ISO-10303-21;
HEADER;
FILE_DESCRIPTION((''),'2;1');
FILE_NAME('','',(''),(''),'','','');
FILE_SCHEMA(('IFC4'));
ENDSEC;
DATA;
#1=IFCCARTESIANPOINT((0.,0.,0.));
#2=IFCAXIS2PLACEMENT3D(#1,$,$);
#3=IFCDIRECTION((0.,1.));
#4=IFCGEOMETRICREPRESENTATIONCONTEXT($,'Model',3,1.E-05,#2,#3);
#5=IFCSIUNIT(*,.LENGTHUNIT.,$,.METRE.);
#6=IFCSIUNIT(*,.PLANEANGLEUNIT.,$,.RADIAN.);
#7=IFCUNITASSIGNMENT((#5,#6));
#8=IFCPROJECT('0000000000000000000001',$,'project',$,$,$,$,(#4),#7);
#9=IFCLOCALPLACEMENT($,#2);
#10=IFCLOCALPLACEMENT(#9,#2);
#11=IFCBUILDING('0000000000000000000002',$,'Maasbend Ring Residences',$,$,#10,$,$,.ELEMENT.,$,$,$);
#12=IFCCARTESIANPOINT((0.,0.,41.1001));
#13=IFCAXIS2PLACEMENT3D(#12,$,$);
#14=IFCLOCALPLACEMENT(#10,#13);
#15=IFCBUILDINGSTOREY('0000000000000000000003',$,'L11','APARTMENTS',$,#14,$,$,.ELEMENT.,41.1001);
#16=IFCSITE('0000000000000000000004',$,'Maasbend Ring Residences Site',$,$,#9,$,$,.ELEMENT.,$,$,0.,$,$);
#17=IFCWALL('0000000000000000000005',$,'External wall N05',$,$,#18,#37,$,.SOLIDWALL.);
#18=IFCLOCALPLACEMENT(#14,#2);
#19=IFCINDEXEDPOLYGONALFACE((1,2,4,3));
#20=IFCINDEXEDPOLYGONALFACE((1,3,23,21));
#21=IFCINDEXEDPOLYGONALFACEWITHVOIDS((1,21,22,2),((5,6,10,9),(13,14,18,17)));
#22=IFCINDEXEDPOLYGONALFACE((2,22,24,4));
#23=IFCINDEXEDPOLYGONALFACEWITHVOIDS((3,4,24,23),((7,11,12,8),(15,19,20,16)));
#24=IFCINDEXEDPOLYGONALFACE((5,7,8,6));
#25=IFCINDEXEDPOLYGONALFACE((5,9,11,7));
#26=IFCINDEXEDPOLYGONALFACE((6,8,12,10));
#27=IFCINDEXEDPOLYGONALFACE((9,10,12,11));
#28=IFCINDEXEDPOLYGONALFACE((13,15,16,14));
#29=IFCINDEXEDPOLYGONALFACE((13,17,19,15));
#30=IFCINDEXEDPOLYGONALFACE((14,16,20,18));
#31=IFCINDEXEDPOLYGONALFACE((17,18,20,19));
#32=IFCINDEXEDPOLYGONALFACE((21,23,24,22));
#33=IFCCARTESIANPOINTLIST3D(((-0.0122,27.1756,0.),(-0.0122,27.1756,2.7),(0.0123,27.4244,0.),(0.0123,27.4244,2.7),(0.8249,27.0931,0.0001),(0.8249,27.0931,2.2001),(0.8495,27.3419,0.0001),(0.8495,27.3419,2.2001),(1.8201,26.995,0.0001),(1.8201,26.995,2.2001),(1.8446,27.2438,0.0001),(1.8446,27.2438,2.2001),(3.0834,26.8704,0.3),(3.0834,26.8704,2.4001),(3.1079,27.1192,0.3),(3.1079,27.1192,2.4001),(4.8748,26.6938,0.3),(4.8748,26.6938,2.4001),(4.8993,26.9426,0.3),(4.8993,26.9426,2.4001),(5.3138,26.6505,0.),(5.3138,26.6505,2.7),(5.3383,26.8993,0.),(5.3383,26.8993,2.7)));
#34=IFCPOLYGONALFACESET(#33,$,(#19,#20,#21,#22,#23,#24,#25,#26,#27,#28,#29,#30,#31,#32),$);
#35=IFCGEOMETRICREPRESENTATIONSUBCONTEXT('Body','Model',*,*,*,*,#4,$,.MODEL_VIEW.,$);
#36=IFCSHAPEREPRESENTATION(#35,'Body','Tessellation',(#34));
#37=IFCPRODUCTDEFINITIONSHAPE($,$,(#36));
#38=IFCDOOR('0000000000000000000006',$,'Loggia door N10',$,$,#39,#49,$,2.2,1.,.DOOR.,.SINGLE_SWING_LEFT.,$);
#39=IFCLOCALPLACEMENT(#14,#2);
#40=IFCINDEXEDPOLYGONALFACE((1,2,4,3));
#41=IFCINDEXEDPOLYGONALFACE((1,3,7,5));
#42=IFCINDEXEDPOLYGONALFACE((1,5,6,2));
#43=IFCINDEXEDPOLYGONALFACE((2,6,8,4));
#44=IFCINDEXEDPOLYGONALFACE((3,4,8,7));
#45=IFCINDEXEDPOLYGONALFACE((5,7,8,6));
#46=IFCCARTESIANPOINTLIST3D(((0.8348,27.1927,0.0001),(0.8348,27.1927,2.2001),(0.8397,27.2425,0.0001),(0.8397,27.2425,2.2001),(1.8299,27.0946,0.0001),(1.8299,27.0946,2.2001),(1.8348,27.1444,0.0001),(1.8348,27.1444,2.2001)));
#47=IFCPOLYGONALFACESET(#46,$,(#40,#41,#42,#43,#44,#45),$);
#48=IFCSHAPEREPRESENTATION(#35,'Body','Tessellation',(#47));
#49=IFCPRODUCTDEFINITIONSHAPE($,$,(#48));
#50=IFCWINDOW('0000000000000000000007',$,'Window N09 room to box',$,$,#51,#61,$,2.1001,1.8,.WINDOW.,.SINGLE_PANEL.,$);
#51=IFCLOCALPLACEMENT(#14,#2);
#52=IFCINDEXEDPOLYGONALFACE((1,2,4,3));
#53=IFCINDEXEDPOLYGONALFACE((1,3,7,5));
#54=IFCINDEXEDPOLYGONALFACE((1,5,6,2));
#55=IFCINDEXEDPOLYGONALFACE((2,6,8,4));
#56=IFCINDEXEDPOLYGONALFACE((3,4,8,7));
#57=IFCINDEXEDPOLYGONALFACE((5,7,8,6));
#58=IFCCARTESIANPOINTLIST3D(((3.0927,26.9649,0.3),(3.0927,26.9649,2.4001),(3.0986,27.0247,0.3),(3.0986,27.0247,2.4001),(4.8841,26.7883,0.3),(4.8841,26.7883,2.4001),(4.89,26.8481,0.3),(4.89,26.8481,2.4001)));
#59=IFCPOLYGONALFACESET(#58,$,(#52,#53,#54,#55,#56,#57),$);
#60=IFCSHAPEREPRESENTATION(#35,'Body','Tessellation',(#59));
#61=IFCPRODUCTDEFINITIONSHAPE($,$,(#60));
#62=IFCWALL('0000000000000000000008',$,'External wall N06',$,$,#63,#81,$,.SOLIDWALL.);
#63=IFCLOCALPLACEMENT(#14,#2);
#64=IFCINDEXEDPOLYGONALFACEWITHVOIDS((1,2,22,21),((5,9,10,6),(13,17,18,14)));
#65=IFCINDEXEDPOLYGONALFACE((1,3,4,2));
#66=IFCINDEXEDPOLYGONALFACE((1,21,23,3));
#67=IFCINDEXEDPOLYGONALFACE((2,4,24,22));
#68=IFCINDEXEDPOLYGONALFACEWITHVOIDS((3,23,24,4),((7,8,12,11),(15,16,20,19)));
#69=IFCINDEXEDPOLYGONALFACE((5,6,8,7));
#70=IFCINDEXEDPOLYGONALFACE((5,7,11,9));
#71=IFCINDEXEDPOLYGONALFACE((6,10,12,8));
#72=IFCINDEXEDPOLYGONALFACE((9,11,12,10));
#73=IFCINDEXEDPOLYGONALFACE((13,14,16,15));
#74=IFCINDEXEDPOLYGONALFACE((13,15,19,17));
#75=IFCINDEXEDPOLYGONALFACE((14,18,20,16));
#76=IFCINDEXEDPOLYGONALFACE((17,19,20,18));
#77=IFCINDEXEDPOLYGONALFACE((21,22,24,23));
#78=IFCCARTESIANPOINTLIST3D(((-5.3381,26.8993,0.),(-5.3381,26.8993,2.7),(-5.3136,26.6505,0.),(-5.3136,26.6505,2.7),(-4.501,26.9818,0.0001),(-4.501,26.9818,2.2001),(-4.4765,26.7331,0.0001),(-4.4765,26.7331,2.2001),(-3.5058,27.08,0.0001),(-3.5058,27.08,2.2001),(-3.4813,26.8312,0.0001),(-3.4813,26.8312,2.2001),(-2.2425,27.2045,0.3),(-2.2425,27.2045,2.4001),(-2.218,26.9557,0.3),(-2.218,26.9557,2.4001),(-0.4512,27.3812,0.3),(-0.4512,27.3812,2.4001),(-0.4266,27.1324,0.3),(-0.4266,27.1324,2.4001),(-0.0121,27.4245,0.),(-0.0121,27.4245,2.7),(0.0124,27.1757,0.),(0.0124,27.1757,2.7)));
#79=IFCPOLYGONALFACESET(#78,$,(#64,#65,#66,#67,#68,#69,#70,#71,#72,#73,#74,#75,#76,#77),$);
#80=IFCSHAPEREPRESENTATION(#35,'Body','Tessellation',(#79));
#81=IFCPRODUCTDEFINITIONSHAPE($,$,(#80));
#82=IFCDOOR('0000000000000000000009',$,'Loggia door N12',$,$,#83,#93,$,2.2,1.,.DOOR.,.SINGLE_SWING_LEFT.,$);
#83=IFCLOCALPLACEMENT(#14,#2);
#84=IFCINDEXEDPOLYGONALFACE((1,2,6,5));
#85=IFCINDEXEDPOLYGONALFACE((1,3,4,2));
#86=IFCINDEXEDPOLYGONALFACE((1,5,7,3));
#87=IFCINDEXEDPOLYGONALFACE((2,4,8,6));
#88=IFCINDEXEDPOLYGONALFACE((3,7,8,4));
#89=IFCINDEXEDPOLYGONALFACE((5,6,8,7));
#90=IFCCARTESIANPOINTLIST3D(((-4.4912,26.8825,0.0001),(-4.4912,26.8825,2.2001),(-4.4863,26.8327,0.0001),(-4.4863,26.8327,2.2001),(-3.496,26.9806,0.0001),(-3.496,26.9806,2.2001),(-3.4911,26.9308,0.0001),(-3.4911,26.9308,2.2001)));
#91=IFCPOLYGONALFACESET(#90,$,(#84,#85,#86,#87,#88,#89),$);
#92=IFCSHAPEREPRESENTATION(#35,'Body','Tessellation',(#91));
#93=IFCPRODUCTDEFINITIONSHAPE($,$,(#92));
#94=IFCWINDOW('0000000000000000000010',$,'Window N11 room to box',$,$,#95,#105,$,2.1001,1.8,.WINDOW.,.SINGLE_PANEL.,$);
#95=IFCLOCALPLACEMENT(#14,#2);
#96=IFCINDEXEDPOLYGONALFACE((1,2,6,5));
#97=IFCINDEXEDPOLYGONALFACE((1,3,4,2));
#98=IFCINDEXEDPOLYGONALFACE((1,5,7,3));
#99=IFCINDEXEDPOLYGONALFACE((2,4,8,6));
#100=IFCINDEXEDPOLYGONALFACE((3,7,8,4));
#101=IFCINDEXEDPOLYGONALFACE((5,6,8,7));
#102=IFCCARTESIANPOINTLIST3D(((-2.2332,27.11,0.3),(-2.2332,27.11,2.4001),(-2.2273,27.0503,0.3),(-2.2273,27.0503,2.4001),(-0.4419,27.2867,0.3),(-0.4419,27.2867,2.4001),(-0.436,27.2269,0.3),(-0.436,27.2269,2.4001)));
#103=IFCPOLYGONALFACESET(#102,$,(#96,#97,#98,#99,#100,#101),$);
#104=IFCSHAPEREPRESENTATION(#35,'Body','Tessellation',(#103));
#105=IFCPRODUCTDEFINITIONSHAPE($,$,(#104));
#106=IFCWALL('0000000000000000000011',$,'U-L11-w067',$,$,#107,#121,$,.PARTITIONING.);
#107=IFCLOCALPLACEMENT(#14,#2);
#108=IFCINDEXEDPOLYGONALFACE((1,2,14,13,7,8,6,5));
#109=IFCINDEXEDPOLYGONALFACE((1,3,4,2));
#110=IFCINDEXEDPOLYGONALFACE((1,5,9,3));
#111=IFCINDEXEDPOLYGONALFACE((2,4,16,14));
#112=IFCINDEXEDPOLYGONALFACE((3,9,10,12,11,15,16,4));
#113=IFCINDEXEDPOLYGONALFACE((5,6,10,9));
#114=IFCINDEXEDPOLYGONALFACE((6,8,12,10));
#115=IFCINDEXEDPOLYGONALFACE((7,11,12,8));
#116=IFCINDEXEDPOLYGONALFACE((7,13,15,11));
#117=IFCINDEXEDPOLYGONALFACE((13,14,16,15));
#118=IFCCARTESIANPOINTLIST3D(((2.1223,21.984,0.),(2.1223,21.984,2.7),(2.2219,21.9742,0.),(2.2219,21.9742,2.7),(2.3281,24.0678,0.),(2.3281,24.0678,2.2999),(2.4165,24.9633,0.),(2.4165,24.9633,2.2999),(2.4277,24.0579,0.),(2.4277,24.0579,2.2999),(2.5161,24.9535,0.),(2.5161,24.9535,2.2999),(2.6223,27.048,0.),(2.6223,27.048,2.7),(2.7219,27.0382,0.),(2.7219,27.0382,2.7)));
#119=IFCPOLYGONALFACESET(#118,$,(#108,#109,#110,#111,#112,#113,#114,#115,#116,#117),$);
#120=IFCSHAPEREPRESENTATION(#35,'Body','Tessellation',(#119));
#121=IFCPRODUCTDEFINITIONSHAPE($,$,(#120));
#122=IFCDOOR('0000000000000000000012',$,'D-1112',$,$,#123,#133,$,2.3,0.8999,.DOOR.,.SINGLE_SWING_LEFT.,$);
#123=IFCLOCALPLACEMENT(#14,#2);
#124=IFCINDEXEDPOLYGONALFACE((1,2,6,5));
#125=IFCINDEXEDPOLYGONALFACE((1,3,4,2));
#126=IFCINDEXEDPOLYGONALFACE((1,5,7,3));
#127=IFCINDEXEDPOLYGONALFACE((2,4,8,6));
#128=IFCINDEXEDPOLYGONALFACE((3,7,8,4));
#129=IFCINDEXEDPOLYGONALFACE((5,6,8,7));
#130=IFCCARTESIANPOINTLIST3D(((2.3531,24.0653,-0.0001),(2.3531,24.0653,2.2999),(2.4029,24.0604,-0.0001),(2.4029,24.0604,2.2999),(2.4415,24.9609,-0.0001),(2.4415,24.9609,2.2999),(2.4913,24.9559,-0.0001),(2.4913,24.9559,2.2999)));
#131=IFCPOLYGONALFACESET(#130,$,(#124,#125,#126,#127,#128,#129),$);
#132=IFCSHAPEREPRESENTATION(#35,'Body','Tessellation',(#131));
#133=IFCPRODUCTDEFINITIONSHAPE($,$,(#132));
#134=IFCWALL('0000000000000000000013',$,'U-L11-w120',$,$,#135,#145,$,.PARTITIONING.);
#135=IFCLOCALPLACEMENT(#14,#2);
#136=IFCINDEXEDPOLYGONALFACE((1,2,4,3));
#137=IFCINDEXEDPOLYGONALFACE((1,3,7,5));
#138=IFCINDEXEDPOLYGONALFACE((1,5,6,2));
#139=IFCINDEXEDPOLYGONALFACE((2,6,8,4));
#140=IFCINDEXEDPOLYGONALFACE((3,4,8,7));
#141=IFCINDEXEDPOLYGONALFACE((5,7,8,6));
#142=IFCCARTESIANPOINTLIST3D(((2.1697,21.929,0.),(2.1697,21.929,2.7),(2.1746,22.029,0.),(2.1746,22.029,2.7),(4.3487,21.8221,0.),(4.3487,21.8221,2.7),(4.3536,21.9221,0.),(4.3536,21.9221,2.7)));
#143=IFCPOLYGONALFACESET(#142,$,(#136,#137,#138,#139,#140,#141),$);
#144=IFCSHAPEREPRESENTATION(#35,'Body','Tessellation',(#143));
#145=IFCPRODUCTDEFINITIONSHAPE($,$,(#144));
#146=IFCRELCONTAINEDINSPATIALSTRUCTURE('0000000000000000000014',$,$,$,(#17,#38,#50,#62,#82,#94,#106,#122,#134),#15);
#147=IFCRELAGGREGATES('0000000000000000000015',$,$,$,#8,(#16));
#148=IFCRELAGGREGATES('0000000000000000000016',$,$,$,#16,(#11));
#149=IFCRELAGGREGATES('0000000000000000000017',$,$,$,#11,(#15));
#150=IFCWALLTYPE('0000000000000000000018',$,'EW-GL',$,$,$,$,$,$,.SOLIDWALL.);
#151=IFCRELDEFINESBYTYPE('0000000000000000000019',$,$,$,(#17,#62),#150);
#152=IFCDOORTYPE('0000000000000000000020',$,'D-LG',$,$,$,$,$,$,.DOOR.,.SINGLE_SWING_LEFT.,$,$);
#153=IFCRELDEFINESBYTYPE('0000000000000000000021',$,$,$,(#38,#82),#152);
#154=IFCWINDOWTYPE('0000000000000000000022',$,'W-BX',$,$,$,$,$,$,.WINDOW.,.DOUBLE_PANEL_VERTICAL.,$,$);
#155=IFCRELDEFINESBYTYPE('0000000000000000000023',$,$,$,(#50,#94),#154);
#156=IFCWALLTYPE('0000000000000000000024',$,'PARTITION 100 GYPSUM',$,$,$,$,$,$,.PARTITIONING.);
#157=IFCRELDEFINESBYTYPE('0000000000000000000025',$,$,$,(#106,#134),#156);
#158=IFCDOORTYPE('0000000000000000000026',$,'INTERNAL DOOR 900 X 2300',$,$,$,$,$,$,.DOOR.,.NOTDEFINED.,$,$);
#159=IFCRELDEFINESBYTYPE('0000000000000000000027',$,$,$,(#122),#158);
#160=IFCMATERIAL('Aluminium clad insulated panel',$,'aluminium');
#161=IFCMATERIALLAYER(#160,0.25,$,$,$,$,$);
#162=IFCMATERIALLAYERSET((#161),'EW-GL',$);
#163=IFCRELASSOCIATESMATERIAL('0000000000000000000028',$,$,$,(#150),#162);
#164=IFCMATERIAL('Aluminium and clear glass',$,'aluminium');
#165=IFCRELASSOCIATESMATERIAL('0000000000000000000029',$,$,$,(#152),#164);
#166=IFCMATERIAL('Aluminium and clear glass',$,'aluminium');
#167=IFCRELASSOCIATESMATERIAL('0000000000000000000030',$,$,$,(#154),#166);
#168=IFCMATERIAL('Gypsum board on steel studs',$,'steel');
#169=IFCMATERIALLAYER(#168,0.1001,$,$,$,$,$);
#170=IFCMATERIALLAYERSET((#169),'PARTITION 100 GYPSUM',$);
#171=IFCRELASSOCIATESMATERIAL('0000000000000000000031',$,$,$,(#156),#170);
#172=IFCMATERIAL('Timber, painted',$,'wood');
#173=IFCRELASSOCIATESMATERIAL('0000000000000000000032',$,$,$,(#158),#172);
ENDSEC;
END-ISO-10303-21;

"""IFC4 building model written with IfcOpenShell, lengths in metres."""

from ifc_helpers import new_model, si_unit, direction, frame, frame_2d, origin, place, context, subcontext, project, spatial, rectangle, extrude, material, layer, layer_set, type_object, element, fill, save


model = new_model("IFC4")

# Units and contexts
model_context = context("Model", 3, precision=1e-05, world=origin(), true_north=direction((0.0, 1.0)))
body_context = subcontext(model_context, "Body", "Model", "MODEL_VIEW")
ifc_project = project(units=[si_unit("LENGTHUNIT", "METRE"), si_unit("PLANEANGLEUNIT", "RADIAN")], contexts=[model_context])

# Site, building, storey
site_placement = place(None, origin())
site = spatial("IfcSite", under=ifc_project, at=site_placement, Name="Maasbend Ring Residences Site", CompositionType="ELEMENT", RefElevation=0.0)
building_placement = place(site_placement, origin())
building = spatial("IfcBuilding", under=site, at=building_placement, Name="Maasbend Ring Residences", CompositionType="ELEMENT")
storey_placement = place(building_placement, frame((0.0, 0.0, 41.1001)))
storey = spatial("IfcBuildingStorey", under=building, at=storey_placement, Name="L11", Description="APARTMENTS", CompositionType="ELEMENT", Elevation=41.1001)

# Walls, openings, doors, windows
ifc_material_1 = material(Name="Aluminium clad insulated panel", Category="aluminium")
ifc_layer_1 = layer(ifc_material_1, 0.25)
ifc_layer_set_1 = layer_set([ifc_layer_1], Name="EW-GL")
wall_type_1 = type_object("IfcWallType", Name="EW-GL", PredefinedType="SOLIDWALL", material=ifc_layer_set_1)
ifc_material_2 = material(Name="Aluminium and clear glass", Category="aluminium")
door_type_1 = type_object("IfcDoorType", Name="D-LG", OperationType="SINGLE_SWING_LEFT", PredefinedType="DOOR", material=ifc_material_2)
ifc_material_3 = material(Name="Aluminium and clear glass", Category="aluminium")
window_type_1 = type_object("IfcWindowType", Name="W-BX", PartitioningType="DOUBLE_PANEL_VERTICAL", PredefinedType="WINDOW", material=ifc_material_3)
wall_1_placement = place(storey_placement, frame((5.3259, 26.7749, 0.0), z_axis=(0.0, 0.0, 1.0), x_axis=(-0.995174, 0.098126, 0.0)))
wall_1 = element("IfcWall", 1, at=wall_1_placement, inside=storey, type_object=wall_type_1, Name="External wall N05", PredefinedType="SOLIDWALL", context=body_context, shape_type="SweptSolid", body=[
    extrude(rectangle(XDim=5.3518, YDim=0.25, at=frame_2d((2.6758, 0.0))), origin(), (0.0, 0.0, 1.0), 2.7),
])
opening_1_placement = place(wall_1_placement, frame((0.4412, 0.0, 0.3)))
opening_1 = element("IfcOpeningElement", 2, at=opening_1_placement, cuts=wall_1, PredefinedType="OPENING", context=body_context, shape_type="SweptSolid", body=[
    extrude(rectangle(XDim=1.8, YDim=2.1001, at=frame_2d((0.8999, 1.05))), frame((0.0, 0.135, 0.0), z_axis=(0.0, -1.0, 0.0), x_axis=(1.0, 0.0, 0.0)), (0.0, 0.0, 1.0), 0.27),
])
opening_2_placement = place(wall_1_placement, frame((3.5105, 0.0, 0.0)))
opening_2 = element("IfcOpeningElement", 3, at=opening_2_placement, cuts=wall_1, PredefinedType="OPENING", context=body_context, shape_type="SweptSolid", body=[
    extrude(rectangle(XDim=1.0, YDim=2.2, at=frame_2d((0.5, 1.1001))), frame((0.0, 0.135, 0.0), z_axis=(0.0, -1.0, 0.0), x_axis=(1.0, 0.0, 0.0)), (0.0, 0.0, 1.0), 0.27),
])
door_1_placement = place(opening_2_placement, origin())
door_1 = element("IfcDoor", 4, at=door_1_placement, inside=storey, type_object=door_type_1, Name="Loggia door N10", OperationType="SINGLE_SWING_LEFT", OverallHeight=2.2, OverallWidth=1.0, PredefinedType="DOOR", context=body_context, shape_type="SweptSolid", body=[
    extrude(rectangle(XDim=1.0, YDim=2.2, at=frame_2d((0.5, 1.1001))), frame((0.0, 0.0249, 0.0), z_axis=(0.0, -1.0, 0.0), x_axis=(1.0, 0.0, 0.0)), (0.0, 0.0, 1.0), 0.05),
])
fill(opening_2, door_1)
window_1_placement = place(opening_1_placement, origin())
window_1 = element("IfcWindow", 5, at=window_1_placement, inside=storey, type_object=window_type_1, Name="Window N09 room to box", OverallHeight=2.1001, OverallWidth=1.8, PartitioningType="SINGLE_PANEL", PredefinedType="WINDOW", context=body_context, shape_type="SweptSolid", body=[
    extrude(rectangle(XDim=1.8, YDim=2.1001, at=frame_2d((0.8999, 1.05))), frame((0.0, 0.03, 0.0), z_axis=(0.0, -1.0, 0.0), x_axis=(1.0, 0.0, 0.0)), (0.0, 0.0, 1.0), 0.0601),
])
fill(opening_1, window_1)
wall_2_placement = place(storey_placement, frame((0.0, 27.3, 0.0), z_axis=(0.0, 0.0, 1.0), x_axis=(-0.995174, -0.098126, 0.0)))
wall_2 = element("IfcWall", 6, at=wall_2_placement, inside=storey, type_object=wall_type_1, Name="External wall N06", PredefinedType="SOLIDWALL", context=body_context, shape_type="SweptSolid", body=[
    extrude(rectangle(XDim=5.3518, YDim=0.25, at=frame_2d((2.6758, 0.0))), origin(), (0.0, 0.0, 1.0), 2.7),
])
opening_3_placement = place(wall_2_placement, frame((0.4412, 0.0, 0.3)))
opening_3 = element("IfcOpeningElement", 7, at=opening_3_placement, cuts=wall_2, PredefinedType="OPENING", context=body_context, shape_type="SweptSolid", body=[
    extrude(rectangle(XDim=1.8, YDim=2.1001, at=frame_2d((0.8999, 1.05))), frame((0.0, 0.135, 0.0), z_axis=(0.0, -1.0, 0.0), x_axis=(1.0, 0.0, 0.0)), (0.0, 0.0, 1.0), 0.27),
])
opening_4_placement = place(wall_2_placement, frame((3.5105, 0.0, 0.0)))
opening_4 = element("IfcOpeningElement", 8, at=opening_4_placement, cuts=wall_2, PredefinedType="OPENING", context=body_context, shape_type="SweptSolid", body=[
    extrude(rectangle(XDim=1.0, YDim=2.2, at=frame_2d((0.5, 1.1001))), frame((0.0, 0.135, 0.0), z_axis=(0.0, -1.0, 0.0), x_axis=(1.0, 0.0, 0.0)), (0.0, 0.0, 1.0), 0.27),
])
door_2_placement = place(opening_4_placement, origin())
door_2 = element("IfcDoor", 9, at=door_2_placement, inside=storey, type_object=door_type_1, Name="Loggia door N12", OperationType="SINGLE_SWING_LEFT", OverallHeight=2.2, OverallWidth=1.0, PredefinedType="DOOR", context=body_context, shape_type="SweptSolid", body=[
    extrude(rectangle(XDim=1.0, YDim=2.2, at=frame_2d((0.5, 1.1001))), frame((0.0, 0.0249, 0.0), z_axis=(0.0, -1.0, 0.0), x_axis=(1.0, 0.0, 0.0)), (0.0, 0.0, 1.0), 0.05),
])
fill(opening_4, door_2)
window_2_placement = place(opening_3_placement, origin())
window_2 = element("IfcWindow", 10, at=window_2_placement, inside=storey, type_object=window_type_1, Name="Window N11 room to box", OverallHeight=2.1001, OverallWidth=1.8, PartitioningType="SINGLE_PANEL", PredefinedType="WINDOW", context=body_context, shape_type="SweptSolid", body=[
    extrude(rectangle(XDim=1.8, YDim=2.1001, at=frame_2d((0.8999, 1.05))), frame((0.0, 0.03, 0.0), z_axis=(0.0, -1.0, 0.0), x_axis=(1.0, 0.0, 0.0)), (0.0, 0.0, 1.0), 0.0601),
])
fill(opening_3, window_2)

# Wall, opening, door
ifc_material_4 = material(Name="Gypsum board on steel studs", Category="steel")
ifc_layer_2 = layer(ifc_material_4, 0.1001)
ifc_layer_set_2 = layer_set([ifc_layer_2], Name="PARTITION 100 GYPSUM")
wall_type_2 = type_object("IfcWallType", Name="PARTITION 100 GYPSUM", PredefinedType="PARTITIONING", material=ifc_layer_set_2)
wall_3_placement = place(storey_placement, frame((2.1721, 21.979, 0.0), z_axis=(0.0, 0.0, 1.0), x_axis=(0.098259, 0.995161, 0.0)))
wall_3 = element("IfcWall", 11, at=wall_3_placement, inside=storey, type_object=wall_type_2, Name="U-L11-w067", PredefinedType="PARTITIONING", context=body_context, shape_type="SweptSolid", body=[
    extrude(rectangle(XDim=5.0886, YDim=0.1001, at=frame_2d((2.5444, 0.0))), origin(), (0.0, 0.0, 1.0), 2.7),
])
opening_5_placement = place(wall_3_placement, frame((2.094, 0.0, 0.0)))
opening_5 = element("IfcOpeningElement", 12, at=opening_5_placement, cuts=wall_3, PredefinedType="OPENING", context=body_context, shape_type="SweptSolid", body=[
    extrude(rectangle(XDim=0.8999, YDim=2.3, at=frame_2d((0.45, 1.1499))), frame((0.0, 0.0601, 0.0), z_axis=(0.0, -1.0, 0.0), x_axis=(1.0, 0.0, 0.0)), (0.0, 0.0, 1.0), 0.1201),
])
ifc_material_5 = material(Name="Timber, painted", Category="wood")
door_type_2 = type_object("IfcDoorType", Name="INTERNAL DOOR 900 X 2300", OperationType="NOTDEFINED", PredefinedType="DOOR", material=ifc_material_5)
door_3_placement = place(opening_5_placement, origin())
door_3 = element("IfcDoor", 13, at=door_3_placement, inside=storey, type_object=door_type_2, Name="D-1112", OperationType="SINGLE_SWING_LEFT", OverallHeight=2.3, OverallWidth=0.8999, PredefinedType="DOOR", context=body_context, shape_type="SweptSolid", body=[
    extrude(rectangle(XDim=0.8999, YDim=2.3, at=frame_2d((0.45, 1.1499))), frame((0.0, 0.0249, 0.0), z_axis=(0.0, -1.0, 0.0), x_axis=(1.0, 0.0, 0.0)), (0.0, 0.0, 1.0), 0.05),
])
fill(opening_5, door_3)

# Wall
wall_4_placement = place(storey_placement, frame((2.1721, 21.979, 0.0), z_axis=(0.0, 0.0, 1.0), x_axis=(0.998798, -0.049017, 0.0)))
element("IfcWall", 14, at=wall_4_placement, inside=storey, type_object=wall_type_2, Name="U-L11-w120", PredefinedType="PARTITIONING", context=body_context, shape_type="SweptSolid", body=[
    extrude(rectangle(XDim=2.1816, YDim=0.1001, at=frame_2d((1.0908, 0.0))), origin(), (0.0, 0.0, 1.0), 2.7),
])

save(model, "model.ifc")
